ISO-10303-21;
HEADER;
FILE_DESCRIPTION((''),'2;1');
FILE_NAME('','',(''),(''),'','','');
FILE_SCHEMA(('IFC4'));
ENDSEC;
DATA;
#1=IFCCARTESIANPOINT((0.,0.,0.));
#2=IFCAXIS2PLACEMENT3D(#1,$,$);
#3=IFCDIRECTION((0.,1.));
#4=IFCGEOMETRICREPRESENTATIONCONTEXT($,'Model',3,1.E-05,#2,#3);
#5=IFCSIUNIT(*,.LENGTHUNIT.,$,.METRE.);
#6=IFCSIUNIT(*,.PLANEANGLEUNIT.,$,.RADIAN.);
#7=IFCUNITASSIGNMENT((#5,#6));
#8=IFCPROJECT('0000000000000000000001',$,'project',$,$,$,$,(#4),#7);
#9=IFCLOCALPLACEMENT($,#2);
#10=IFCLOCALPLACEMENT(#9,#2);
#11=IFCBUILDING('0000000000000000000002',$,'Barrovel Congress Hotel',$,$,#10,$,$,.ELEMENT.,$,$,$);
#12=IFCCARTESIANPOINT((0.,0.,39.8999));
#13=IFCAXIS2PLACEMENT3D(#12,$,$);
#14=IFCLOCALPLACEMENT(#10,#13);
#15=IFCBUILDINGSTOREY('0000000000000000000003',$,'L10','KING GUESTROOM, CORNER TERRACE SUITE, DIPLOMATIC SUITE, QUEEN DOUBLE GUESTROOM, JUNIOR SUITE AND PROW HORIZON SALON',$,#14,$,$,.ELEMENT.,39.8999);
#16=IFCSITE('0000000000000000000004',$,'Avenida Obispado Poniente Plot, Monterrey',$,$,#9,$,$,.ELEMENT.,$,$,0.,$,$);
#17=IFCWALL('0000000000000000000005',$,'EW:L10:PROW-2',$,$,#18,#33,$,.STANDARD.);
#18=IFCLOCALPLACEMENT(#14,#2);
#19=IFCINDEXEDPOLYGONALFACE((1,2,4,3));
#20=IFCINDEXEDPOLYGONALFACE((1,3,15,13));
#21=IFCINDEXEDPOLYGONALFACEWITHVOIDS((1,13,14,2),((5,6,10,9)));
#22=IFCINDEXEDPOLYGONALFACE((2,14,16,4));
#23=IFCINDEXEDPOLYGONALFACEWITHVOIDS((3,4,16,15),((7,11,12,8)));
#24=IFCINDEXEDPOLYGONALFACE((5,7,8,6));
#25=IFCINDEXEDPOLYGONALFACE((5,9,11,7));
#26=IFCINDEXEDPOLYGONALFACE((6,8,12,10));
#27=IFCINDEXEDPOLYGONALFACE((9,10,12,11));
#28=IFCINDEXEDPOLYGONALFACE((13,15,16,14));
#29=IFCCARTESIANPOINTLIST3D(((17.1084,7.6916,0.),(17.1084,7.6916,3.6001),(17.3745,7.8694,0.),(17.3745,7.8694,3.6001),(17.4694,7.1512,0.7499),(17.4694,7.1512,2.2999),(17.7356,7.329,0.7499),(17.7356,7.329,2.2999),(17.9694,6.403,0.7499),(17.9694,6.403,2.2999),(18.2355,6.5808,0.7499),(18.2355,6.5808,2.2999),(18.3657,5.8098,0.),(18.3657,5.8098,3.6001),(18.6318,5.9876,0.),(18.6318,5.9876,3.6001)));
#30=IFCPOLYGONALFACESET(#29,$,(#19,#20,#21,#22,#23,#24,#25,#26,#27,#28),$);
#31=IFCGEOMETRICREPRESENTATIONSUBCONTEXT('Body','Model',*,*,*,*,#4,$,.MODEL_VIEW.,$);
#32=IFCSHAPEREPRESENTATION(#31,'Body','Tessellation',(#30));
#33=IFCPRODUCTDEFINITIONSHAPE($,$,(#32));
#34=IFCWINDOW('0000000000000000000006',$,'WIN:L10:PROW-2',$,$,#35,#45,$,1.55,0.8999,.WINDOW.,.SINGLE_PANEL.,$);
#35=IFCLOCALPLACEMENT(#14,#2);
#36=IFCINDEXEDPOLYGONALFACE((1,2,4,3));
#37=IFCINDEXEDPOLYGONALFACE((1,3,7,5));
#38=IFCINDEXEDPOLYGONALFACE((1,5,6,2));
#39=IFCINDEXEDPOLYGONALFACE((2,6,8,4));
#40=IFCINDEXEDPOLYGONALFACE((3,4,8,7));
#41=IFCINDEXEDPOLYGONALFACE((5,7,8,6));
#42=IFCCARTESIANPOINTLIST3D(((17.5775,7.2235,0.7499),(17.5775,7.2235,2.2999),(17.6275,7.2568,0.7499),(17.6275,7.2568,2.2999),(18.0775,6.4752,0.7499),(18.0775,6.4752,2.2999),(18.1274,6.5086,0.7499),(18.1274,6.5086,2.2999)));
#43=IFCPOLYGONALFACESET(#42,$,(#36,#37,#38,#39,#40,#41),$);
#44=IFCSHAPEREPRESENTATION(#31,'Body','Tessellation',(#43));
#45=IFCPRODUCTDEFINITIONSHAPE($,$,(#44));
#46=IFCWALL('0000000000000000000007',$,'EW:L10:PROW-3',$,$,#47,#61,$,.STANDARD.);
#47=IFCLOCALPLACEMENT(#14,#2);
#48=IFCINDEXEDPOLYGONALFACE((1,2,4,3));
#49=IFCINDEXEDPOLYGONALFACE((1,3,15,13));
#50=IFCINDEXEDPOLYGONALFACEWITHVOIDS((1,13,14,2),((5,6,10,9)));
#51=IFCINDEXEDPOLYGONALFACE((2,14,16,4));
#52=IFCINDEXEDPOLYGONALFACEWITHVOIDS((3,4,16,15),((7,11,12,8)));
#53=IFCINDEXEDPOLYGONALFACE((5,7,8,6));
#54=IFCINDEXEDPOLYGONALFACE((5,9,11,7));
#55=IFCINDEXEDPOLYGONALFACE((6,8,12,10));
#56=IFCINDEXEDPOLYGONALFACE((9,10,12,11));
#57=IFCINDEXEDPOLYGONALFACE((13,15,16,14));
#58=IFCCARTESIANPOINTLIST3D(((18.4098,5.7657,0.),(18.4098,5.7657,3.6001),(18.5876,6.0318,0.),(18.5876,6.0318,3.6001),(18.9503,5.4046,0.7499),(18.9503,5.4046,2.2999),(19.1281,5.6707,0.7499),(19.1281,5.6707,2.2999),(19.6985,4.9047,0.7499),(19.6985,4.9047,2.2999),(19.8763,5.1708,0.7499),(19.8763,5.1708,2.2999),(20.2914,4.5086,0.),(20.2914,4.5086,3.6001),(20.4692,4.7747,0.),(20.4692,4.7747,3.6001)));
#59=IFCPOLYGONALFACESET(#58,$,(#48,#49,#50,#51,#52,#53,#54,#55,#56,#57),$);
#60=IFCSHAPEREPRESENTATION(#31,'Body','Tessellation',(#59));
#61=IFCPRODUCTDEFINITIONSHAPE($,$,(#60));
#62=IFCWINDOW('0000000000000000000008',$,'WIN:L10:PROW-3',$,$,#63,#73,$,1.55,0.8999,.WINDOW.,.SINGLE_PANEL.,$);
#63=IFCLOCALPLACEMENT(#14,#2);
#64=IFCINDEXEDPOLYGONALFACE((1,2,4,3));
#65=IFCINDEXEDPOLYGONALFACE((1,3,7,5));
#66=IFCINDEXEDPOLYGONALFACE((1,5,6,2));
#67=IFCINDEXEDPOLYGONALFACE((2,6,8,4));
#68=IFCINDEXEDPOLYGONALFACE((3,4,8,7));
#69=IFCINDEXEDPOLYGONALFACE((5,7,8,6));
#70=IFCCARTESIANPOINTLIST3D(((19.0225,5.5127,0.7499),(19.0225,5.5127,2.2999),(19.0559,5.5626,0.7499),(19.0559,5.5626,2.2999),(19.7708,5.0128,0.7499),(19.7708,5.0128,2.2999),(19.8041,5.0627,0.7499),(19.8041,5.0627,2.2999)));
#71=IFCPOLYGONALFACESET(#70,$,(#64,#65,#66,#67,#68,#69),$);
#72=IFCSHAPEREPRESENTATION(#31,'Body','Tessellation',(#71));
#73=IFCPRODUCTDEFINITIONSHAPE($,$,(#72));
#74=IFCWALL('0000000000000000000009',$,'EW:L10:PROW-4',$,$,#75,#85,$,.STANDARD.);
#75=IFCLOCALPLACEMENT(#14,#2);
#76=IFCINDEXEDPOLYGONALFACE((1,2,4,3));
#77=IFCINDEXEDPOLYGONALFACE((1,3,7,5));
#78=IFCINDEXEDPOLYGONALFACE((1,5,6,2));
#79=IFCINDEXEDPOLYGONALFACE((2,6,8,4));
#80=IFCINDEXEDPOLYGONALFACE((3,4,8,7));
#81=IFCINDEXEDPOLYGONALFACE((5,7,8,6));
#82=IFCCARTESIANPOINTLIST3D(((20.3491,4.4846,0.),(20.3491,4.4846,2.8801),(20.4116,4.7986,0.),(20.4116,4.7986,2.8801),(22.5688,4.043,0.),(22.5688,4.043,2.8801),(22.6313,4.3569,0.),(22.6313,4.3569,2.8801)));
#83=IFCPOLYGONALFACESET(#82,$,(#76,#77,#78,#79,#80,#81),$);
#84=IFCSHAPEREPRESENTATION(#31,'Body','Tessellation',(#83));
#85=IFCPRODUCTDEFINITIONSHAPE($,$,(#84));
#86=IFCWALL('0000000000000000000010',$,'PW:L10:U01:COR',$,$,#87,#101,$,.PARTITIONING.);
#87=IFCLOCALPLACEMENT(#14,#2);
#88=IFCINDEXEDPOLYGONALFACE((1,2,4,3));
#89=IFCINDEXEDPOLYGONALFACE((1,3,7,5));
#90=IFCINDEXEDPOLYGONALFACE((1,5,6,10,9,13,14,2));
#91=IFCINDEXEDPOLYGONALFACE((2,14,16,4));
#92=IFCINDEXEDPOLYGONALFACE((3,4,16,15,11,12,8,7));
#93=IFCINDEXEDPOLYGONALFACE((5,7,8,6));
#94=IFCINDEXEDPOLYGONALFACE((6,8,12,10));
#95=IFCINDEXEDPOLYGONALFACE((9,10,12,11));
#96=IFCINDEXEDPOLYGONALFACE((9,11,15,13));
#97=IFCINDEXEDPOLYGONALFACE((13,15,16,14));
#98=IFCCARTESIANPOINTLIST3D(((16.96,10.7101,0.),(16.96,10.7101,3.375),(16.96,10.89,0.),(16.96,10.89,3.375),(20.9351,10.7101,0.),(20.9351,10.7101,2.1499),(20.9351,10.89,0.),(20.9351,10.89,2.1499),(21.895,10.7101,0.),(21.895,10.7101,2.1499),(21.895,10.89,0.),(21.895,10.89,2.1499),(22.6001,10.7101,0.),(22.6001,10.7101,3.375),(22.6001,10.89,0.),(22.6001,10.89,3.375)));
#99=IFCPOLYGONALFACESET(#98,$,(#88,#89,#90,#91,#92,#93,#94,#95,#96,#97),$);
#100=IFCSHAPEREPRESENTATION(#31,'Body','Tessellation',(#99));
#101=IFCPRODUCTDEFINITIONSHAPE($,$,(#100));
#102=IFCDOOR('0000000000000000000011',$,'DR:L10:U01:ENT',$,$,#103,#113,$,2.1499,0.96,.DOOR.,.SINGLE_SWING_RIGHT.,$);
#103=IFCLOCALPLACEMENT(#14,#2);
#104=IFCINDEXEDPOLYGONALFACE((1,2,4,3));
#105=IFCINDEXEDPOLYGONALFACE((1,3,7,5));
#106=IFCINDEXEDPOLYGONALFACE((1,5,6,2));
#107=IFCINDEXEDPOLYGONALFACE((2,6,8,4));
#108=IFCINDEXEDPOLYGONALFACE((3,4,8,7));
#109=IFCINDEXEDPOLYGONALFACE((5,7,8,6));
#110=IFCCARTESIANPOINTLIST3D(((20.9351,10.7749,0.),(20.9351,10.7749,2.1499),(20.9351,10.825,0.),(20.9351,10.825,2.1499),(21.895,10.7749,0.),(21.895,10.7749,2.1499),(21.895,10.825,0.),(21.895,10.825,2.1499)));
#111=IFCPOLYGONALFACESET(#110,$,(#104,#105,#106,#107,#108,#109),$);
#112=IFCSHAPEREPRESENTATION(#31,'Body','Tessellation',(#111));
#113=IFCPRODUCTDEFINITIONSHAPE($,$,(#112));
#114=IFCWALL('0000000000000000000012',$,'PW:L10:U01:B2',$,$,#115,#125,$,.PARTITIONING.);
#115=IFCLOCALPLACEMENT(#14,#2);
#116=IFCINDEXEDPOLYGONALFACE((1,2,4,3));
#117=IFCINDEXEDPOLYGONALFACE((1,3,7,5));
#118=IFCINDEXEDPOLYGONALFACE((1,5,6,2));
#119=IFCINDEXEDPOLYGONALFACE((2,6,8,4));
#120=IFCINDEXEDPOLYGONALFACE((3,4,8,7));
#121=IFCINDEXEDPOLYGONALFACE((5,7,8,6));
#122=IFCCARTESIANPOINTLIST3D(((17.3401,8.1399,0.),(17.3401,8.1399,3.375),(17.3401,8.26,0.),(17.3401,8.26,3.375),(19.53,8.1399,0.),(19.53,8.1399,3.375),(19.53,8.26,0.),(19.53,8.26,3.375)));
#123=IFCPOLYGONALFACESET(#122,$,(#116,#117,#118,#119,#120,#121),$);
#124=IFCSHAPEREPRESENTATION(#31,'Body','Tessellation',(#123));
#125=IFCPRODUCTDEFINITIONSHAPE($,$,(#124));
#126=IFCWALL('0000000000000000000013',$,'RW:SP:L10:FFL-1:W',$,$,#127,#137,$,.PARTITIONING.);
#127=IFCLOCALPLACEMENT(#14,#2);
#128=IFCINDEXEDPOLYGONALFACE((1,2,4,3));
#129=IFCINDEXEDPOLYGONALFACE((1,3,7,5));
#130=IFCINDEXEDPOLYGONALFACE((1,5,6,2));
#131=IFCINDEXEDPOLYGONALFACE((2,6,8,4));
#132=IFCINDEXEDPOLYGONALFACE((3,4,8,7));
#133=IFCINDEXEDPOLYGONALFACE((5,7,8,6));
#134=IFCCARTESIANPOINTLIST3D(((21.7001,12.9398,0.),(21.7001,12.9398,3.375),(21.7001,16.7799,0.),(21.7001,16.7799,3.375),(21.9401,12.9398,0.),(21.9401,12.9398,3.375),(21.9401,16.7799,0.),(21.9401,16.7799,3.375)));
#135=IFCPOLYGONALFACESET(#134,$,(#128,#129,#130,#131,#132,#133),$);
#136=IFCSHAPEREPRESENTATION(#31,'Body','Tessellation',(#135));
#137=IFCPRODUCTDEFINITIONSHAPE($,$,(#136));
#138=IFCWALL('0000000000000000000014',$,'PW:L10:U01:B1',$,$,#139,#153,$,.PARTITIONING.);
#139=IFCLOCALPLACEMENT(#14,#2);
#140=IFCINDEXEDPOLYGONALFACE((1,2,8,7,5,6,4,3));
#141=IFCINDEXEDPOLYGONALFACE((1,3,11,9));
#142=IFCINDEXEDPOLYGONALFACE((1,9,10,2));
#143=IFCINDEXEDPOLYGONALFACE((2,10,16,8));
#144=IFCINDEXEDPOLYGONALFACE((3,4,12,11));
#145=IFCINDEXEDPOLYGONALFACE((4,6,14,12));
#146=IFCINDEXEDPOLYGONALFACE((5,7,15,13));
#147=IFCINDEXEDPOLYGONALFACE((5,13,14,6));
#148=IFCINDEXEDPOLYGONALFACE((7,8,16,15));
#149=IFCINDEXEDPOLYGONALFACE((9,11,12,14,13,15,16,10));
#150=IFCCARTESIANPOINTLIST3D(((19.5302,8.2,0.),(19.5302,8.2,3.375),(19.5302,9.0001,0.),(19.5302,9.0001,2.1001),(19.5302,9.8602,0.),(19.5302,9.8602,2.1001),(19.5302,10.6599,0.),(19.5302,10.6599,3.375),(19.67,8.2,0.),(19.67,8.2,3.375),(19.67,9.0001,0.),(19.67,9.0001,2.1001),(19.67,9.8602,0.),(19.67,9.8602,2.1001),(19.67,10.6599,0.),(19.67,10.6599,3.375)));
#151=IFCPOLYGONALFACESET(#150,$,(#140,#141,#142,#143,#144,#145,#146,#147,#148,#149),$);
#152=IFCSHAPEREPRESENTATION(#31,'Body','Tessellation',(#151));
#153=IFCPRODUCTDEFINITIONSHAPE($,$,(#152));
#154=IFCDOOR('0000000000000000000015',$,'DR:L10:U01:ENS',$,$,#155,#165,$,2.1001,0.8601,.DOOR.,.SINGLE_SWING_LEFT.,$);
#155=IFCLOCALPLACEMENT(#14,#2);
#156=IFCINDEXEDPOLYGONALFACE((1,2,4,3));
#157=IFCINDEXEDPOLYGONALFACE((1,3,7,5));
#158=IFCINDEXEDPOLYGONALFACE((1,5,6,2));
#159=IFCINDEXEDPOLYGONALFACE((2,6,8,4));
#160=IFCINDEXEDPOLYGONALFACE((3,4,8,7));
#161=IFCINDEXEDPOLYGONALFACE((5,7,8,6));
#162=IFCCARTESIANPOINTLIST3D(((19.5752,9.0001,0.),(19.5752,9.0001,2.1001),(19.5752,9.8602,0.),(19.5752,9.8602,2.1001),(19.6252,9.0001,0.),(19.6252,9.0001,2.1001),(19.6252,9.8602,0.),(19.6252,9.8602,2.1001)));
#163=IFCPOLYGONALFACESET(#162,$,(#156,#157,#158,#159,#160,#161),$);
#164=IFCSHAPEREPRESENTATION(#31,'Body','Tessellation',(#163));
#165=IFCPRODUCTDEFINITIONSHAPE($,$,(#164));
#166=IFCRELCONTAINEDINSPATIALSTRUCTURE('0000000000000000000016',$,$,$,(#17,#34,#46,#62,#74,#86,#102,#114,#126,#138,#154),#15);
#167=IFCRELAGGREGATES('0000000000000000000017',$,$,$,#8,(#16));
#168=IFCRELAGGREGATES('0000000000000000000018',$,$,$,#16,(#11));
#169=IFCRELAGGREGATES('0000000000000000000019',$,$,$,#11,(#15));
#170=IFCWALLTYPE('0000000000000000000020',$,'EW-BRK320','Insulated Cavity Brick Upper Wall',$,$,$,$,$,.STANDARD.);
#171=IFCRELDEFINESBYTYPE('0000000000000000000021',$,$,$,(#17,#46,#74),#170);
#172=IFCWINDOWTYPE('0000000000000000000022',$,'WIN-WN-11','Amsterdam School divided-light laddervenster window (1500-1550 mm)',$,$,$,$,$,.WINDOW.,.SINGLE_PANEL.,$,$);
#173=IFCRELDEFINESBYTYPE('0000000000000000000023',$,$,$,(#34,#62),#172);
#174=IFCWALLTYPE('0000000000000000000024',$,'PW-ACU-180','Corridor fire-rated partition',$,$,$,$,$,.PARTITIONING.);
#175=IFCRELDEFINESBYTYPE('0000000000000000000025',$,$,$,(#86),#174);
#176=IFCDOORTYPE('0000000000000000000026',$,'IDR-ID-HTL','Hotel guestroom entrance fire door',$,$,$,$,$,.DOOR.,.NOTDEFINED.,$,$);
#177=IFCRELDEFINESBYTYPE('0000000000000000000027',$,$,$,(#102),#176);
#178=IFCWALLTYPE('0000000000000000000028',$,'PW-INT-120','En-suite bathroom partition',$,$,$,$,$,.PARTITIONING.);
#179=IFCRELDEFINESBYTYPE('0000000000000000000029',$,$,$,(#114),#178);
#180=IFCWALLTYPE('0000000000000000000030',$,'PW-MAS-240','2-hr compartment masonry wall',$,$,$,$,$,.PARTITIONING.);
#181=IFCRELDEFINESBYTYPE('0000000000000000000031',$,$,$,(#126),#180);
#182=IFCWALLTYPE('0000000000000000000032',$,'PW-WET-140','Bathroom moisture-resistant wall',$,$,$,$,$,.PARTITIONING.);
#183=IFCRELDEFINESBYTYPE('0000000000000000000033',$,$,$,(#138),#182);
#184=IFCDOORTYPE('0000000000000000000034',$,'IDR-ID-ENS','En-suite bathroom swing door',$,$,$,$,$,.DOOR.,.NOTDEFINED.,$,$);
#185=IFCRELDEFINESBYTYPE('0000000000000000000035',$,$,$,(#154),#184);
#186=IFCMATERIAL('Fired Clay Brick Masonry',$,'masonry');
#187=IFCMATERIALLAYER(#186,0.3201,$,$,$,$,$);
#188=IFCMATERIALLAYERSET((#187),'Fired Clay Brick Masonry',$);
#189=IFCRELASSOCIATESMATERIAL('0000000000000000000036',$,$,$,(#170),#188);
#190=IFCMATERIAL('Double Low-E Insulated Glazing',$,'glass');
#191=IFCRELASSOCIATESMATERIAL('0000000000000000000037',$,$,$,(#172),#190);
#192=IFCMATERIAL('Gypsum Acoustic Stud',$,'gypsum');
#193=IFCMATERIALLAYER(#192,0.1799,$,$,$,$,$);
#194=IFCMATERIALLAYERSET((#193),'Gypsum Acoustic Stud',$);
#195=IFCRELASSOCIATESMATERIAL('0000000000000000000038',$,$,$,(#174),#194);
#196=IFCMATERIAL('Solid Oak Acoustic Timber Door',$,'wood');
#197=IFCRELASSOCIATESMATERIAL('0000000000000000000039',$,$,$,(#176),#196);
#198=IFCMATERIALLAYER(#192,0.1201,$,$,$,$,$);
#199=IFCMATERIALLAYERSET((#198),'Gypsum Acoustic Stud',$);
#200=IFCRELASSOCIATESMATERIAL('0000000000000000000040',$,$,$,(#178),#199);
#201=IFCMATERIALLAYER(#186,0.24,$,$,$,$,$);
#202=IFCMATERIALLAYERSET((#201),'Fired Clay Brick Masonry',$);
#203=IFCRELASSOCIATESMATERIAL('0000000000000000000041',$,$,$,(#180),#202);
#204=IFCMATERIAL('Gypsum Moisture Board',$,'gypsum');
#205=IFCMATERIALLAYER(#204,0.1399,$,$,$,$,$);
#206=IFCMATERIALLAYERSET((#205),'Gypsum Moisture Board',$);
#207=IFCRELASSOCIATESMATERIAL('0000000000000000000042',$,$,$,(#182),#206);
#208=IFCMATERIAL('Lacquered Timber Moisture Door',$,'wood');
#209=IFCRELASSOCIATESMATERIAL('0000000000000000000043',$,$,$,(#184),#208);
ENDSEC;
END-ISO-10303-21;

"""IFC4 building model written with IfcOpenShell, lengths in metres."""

from ifc_helpers import new_model, si_unit, direction, frame, frame_2d, origin, place, context, subcontext, project, spatial, rectangle, extrude, material, layer, layer_set, type_object, element, fill, save


model = new_model("IFC4")

# Units and contexts
model_context = context("Model", 3, precision=1e-05, world=origin(), true_north=direction((0.0, 1.0)))
body_context = subcontext(model_context, "Body", "Model", "MODEL_VIEW")
ifc_project = project(units=[si_unit("LENGTHUNIT", "METRE"), si_unit("PLANEANGLEUNIT", "RADIAN")], contexts=[model_context])

# Site, building, storey
site_placement = place(None, origin())
site = spatial("IfcSite", under=ifc_project, at=site_placement, Name="Avenida Obispado Poniente Plot, Monterrey", CompositionType="ELEMENT", RefElevation=0.0)
building_placement = place(site_placement, origin())
building = spatial("IfcBuilding", under=site, at=building_placement, Name="Barrovel Congress Hotel", CompositionType="ELEMENT")
storey_placement = place(building_placement, frame((0.0, 0.0, 39.8999)))
storey = spatial("IfcBuildingStorey", under=building, at=storey_placement, Name="L10", Description="KING GUESTROOM, CORNER TERRACE SUITE, DIPLOMATIC SUITE, QUEEN DOUBLE GUESTROOM, JUNIOR SUITE AND PROW HORIZON SALON", CompositionType="ELEMENT", Elevation=39.8999)

# Walls, openings, windows
ifc_material_1 = material(Name="Fired Clay Brick Masonry", Category="masonry")
ifc_layer_1 = layer(ifc_material_1, 0.3201)
ifc_layer_set_1 = layer_set([ifc_layer_1], Name="Fired Clay Brick Masonry")
wall_type_1 = type_object("IfcWallType", Name="EW-BRK320", Description="Insulated Cavity Brick Upper Wall", PredefinedType="STANDARD", material=ifc_layer_set_1)
wall_1_placement = place(storey_placement, frame((17.2415, 7.7805, 0.0), z_axis=(0.0, 0.0, 1.0), x_axis=(0.555546, -0.831486, 0.0)))
wall_1 = element("IfcWall", 1, at=wall_1_placement, inside=storey, type_object=wall_type_1, Name="EW:L10:PROW-2", PredefinedType="STANDARD", context=body_context, shape_type="SweptSolid", body=[
    extrude(rectangle(XDim=2.2632, YDim=0.3201, at=frame_2d((1.1316, 0.0))), origin(), (0.0, 0.0, 1.0), 3.6001),
])
opening_1_placement = place(wall_1_placement, frame((0.6499, 0.0, 0.75)))
opening_1 = element("IfcOpeningElement", 2, at=opening_1_placement, cuts=wall_1, PredefinedType="OPENING", context=body_context, shape_type="SweptSolid", body=[
    extrude(rectangle(XDim=0.8999, YDim=1.55, at=frame_2d((0.45, 0.7749))), frame((0.0, 0.1699, 0.0), z_axis=(0.0, -1.0, 0.0), x_axis=(1.0, 0.0, 0.0)), (0.0, 0.0, 1.0), 0.3401),
])
ifc_material_2 = material(Name="Double Low-E Insulated Glazing", Category="glass")
window_type = type_object("IfcWindowType", Name="WIN-WN-11", Description="Amsterdam School divided-light laddervenster window (1500-1550 mm)", PartitioningType="SINGLE_PANEL", PredefinedType="WINDOW", material=ifc_material_2)
window_1_placement = place(opening_1_placement, origin())
window_1 = element("IfcWindow", 3, at=window_1_placement, inside=storey, type_object=window_type, Name="WIN:L10:PROW-2", OverallHeight=1.55, OverallWidth=0.8999, PartitioningType="SINGLE_PANEL", PredefinedType="WINDOW", context=body_context, shape_type="SweptSolid", body=[
    extrude(rectangle(XDim=0.8999, YDim=1.55, at=frame_2d((0.45, 0.7749))), frame((0.0, 0.03, 0.0), z_axis=(0.0, -1.0, 0.0), x_axis=(1.0, 0.0, 0.0)), (0.0, 0.0, 1.0), 0.0601),
])
fill(opening_1, window_1)
wall_2_placement = place(storey_placement, frame((18.4988, 5.8987, 0.0), z_axis=(0.0, 0.0, 1.0), x_axis=(0.831502, -0.555522, 0.0)))
wall_2 = element("IfcWall", 4, at=wall_2_placement, inside=storey, type_object=wall_type_1, Name="EW:L10:PROW-3", PredefinedType="STANDARD", context=body_context, shape_type="SweptSolid", body=[
    extrude(rectangle(XDim=2.2629, YDim=0.3201, at=frame_2d((1.1313, 0.0))), origin(), (0.0, 0.0, 1.0), 3.6001),
])
opening_2_placement = place(wall_2_placement, frame((0.6499, 0.0, 0.75)))
opening_2 = element("IfcOpeningElement", 5, at=opening_2_placement, cuts=wall_2, PredefinedType="OPENING", context=body_context, shape_type="SweptSolid", body=[
    extrude(rectangle(XDim=0.8999, YDim=1.55, at=frame_2d((0.45, 0.7749))), frame((0.0, 0.1699, 0.0), z_axis=(0.0, -1.0, 0.0), x_axis=(1.0, 0.0, 0.0)), (0.0, 0.0, 1.0), 0.3401),
])
window_2_placement = place(opening_2_placement, origin())
window_2 = element("IfcWindow", 6, at=window_2_placement, inside=storey, type_object=window_type, Name="WIN:L10:PROW-3", OverallHeight=1.55, OverallWidth=0.8999, PartitioningType="SINGLE_PANEL", PredefinedType="WINDOW", context=body_context, shape_type="SweptSolid", body=[
    extrude(rectangle(XDim=0.8999, YDim=1.55, at=frame_2d((0.45, 0.7749))), frame((0.0, 0.03, 0.0), z_axis=(0.0, -1.0, 0.0), x_axis=(1.0, 0.0, 0.0)), (0.0, 0.0, 1.0), 0.0601),
])
fill(opening_2, window_2)

# Wall
wall_3_placement = place(storey_placement, frame((20.3804, 4.6416, 0.0), z_axis=(0.0, 0.0, 1.0), x_axis=(0.980775, -0.195141, 0.0)))
element("IfcWall", 7, at=wall_3_placement, inside=storey, type_object=wall_type_1, Name="EW:L10:PROW-4", PredefinedType="STANDARD", context=body_context, shape_type="SweptSolid", body=[
    extrude(rectangle(XDim=2.2632, YDim=0.3201, at=frame_2d((1.1316, 0.0))), origin(), (0.0, 0.0, 1.0), 2.8801),
])

# Wall, opening, door
ifc_material_3 = material(Name="Gypsum Acoustic Stud", Category="gypsum")
ifc_layer_2 = layer(ifc_material_3, 0.1799)
ifc_layer_set_2 = layer_set([ifc_layer_2], Name="Gypsum Acoustic Stud")
wall_type_2 = type_object("IfcWallType", Name="PW-ACU-180", Description="Corridor fire-rated partition", PredefinedType="PARTITIONING", material=ifc_layer_set_2)
wall_4_placement = place(storey_placement, frame((16.96, 10.8, 0.0), z_axis=(0.0, 0.0, 1.0), x_axis=(1.0, 0.0, 0.0)))
wall_4 = element("IfcWall", 8, at=wall_4_placement, inside=storey, type_object=wall_type_2, Name="PW:L10:U01:COR", PredefinedType="PARTITIONING", context=body_context, shape_type="SweptSolid", body=[
    extrude(rectangle(XDim=5.6401, YDim=0.1799, at=frame_2d((2.8201, 0.0))), origin(), (0.0, 0.0, 1.0), 3.375),
])
opening_3_placement = place(wall_4_placement, frame((3.9751, 0.0, 0.0)))
opening_3 = element("IfcOpeningElement", 9, at=opening_3_placement, cuts=wall_4, PredefinedType="OPENING", context=body_context, shape_type="SweptSolid", body=[
    extrude(rectangle(XDim=0.96, YDim=2.1499, at=frame_2d((0.48, 1.075))), frame((0.0, 0.1001, 0.0), z_axis=(0.0, -1.0, 0.0), x_axis=(1.0, 0.0, 0.0)), (0.0, 0.0, 1.0), 0.2),
])
ifc_material_4 = material(Name="Solid Oak Acoustic Timber Door", Category="wood")
door_type_1 = type_object("IfcDoorType", Name="IDR-ID-HTL", Description="Hotel guestroom entrance fire door", OperationType="NOTDEFINED", PredefinedType="DOOR", material=ifc_material_4)
door_1_placement = place(opening_3_placement, origin())
door_1 = element("IfcDoor", 10, at=door_1_placement, inside=storey, type_object=door_type_1, Name="DR:L10:U01:ENT", OperationType="SINGLE_SWING_RIGHT", OverallHeight=2.1499, OverallWidth=0.96, PredefinedType="DOOR", context=body_context, shape_type="SweptSolid", body=[
    extrude(rectangle(XDim=0.96, YDim=2.1499, at=frame_2d((0.48, 1.075))), frame((0.0, 0.0249, 0.0), z_axis=(0.0, -1.0, 0.0), x_axis=(1.0, 0.0, 0.0)), (0.0, 0.0, 1.0), 0.05),
])
fill(opening_3, door_1)

# Wall
ifc_layer_3 = layer(ifc_material_3, 0.1201)
ifc_layer_set_3 = layer_set([ifc_layer_3], Name="Gypsum Acoustic Stud")
wall_type_3 = type_object("IfcWallType", Name="PW-INT-120", Description="En-suite bathroom partition", PredefinedType="PARTITIONING", material=ifc_layer_set_3)
wall_5_placement = place(storey_placement, frame((17.3401, 8.2, 0.0), z_axis=(0.0, 0.0, 1.0), x_axis=(1.0, 0.0, 0.0)))
element("IfcWall", 11, at=wall_5_placement, inside=storey, type_object=wall_type_3, Name="PW:L10:U01:B2", PredefinedType="PARTITIONING", context=body_context, shape_type="SweptSolid", body=[
    extrude(rectangle(XDim=2.1899, YDim=0.1201, at=frame_2d((1.095, 0.0))), origin(), (0.0, 0.0, 1.0), 3.375),
])

# Shared definitions
ifc_layer_4 = layer(ifc_material_1, 0.24)
ifc_layer_set_4 = layer_set([ifc_layer_4], Name="Fired Clay Brick Masonry")
wall_type_4 = type_object("IfcWallType", Name="PW-MAS-240", Description="2-hr compartment masonry wall", PredefinedType="PARTITIONING", material=ifc_layer_set_4)

# Wall
wall_6_placement = place(storey_placement, frame((21.8201, 12.9399, 0.0), z_axis=(0.0, 0.0, 1.0), x_axis=(0.0, 1.0, 0.0)))
element("IfcWall", 12, at=wall_6_placement, inside=storey, type_object=wall_type_4, Name="RW:SP:L10:FFL-1:W", PredefinedType="PARTITIONING", context=body_context, shape_type="SweptSolid", body=[
    extrude(rectangle(XDim=3.8401, YDim=0.24, at=frame_2d((1.9199, 0.0))), origin(), (0.0, 0.0, 1.0), 3.375),
])

# Wall, opening, door
ifc_material_5 = material(Name="Gypsum Moisture Board", Category="gypsum")
ifc_layer_5 = layer(ifc_material_5, 0.1399)
ifc_layer_set_5 = layer_set([ifc_layer_5], Name="Gypsum Moisture Board")
wall_type_5 = type_object("IfcWallType", Name="PW-WET-140", Description="Bathroom moisture-resistant wall", PredefinedType="PARTITIONING", material=ifc_layer_set_5)
wall_7_placement = place(storey_placement, frame((19.6001, 8.2, 0.0), z_axis=(0.0, 0.0, 1.0), x_axis=(0.0, 1.0, 0.0)))
wall_7 = element("IfcWall", 13, at=wall_7_placement, inside=storey, type_object=wall_type_5, Name="PW:L10:U01:B1", PredefinedType="PARTITIONING", context=body_context, shape_type="SweptSolid", body=[
    extrude(rectangle(XDim=2.46, YDim=0.1399, at=frame_2d((1.23, 0.0))), origin(), (0.0, 0.0, 1.0), 3.375),
])
opening_4_placement = place(wall_7_placement, frame((0.8, 0.0, 0.0)))
opening_4 = element("IfcOpeningElement", 14, at=opening_4_placement, cuts=wall_7, PredefinedType="OPENING", context=body_context, shape_type="SweptSolid", body=[
    extrude(rectangle(XDim=0.8601, YDim=2.1001, at=frame_2d((0.4302, 1.05))), frame((0.0, 0.0801, 0.0), z_axis=(0.0, -1.0, 0.0), x_axis=(1.0, 0.0, 0.0)), (0.0, 0.0, 1.0), 0.1599),
])
ifc_material_6 = material(Name="Lacquered Timber Moisture Door", Category="wood")
door_type_2 = type_object("IfcDoorType", Name="IDR-ID-ENS", Description="En-suite bathroom swing door", OperationType="NOTDEFINED", PredefinedType="DOOR", material=ifc_material_6)
door_2_placement = place(opening_4_placement, origin())
door_2 = element("IfcDoor", 15, at=door_2_placement, inside=storey, type_object=door_type_2, Name="DR:L10:U01:ENS", OperationType="SINGLE_SWING_LEFT", OverallHeight=2.1001, OverallWidth=0.8601, PredefinedType="DOOR", context=body_context, shape_type="SweptSolid", body=[
    extrude(rectangle(XDim=0.8601, YDim=2.1001, at=frame_2d((0.4302, 1.05))), frame((0.0, 0.0249, 0.0), z_axis=(0.0, -1.0, 0.0), x_axis=(1.0, 0.0, 0.0)), (0.0, 0.0, 1.0), 0.05),
])
fill(opening_4, door_2)

save(model, "model.ifc")
